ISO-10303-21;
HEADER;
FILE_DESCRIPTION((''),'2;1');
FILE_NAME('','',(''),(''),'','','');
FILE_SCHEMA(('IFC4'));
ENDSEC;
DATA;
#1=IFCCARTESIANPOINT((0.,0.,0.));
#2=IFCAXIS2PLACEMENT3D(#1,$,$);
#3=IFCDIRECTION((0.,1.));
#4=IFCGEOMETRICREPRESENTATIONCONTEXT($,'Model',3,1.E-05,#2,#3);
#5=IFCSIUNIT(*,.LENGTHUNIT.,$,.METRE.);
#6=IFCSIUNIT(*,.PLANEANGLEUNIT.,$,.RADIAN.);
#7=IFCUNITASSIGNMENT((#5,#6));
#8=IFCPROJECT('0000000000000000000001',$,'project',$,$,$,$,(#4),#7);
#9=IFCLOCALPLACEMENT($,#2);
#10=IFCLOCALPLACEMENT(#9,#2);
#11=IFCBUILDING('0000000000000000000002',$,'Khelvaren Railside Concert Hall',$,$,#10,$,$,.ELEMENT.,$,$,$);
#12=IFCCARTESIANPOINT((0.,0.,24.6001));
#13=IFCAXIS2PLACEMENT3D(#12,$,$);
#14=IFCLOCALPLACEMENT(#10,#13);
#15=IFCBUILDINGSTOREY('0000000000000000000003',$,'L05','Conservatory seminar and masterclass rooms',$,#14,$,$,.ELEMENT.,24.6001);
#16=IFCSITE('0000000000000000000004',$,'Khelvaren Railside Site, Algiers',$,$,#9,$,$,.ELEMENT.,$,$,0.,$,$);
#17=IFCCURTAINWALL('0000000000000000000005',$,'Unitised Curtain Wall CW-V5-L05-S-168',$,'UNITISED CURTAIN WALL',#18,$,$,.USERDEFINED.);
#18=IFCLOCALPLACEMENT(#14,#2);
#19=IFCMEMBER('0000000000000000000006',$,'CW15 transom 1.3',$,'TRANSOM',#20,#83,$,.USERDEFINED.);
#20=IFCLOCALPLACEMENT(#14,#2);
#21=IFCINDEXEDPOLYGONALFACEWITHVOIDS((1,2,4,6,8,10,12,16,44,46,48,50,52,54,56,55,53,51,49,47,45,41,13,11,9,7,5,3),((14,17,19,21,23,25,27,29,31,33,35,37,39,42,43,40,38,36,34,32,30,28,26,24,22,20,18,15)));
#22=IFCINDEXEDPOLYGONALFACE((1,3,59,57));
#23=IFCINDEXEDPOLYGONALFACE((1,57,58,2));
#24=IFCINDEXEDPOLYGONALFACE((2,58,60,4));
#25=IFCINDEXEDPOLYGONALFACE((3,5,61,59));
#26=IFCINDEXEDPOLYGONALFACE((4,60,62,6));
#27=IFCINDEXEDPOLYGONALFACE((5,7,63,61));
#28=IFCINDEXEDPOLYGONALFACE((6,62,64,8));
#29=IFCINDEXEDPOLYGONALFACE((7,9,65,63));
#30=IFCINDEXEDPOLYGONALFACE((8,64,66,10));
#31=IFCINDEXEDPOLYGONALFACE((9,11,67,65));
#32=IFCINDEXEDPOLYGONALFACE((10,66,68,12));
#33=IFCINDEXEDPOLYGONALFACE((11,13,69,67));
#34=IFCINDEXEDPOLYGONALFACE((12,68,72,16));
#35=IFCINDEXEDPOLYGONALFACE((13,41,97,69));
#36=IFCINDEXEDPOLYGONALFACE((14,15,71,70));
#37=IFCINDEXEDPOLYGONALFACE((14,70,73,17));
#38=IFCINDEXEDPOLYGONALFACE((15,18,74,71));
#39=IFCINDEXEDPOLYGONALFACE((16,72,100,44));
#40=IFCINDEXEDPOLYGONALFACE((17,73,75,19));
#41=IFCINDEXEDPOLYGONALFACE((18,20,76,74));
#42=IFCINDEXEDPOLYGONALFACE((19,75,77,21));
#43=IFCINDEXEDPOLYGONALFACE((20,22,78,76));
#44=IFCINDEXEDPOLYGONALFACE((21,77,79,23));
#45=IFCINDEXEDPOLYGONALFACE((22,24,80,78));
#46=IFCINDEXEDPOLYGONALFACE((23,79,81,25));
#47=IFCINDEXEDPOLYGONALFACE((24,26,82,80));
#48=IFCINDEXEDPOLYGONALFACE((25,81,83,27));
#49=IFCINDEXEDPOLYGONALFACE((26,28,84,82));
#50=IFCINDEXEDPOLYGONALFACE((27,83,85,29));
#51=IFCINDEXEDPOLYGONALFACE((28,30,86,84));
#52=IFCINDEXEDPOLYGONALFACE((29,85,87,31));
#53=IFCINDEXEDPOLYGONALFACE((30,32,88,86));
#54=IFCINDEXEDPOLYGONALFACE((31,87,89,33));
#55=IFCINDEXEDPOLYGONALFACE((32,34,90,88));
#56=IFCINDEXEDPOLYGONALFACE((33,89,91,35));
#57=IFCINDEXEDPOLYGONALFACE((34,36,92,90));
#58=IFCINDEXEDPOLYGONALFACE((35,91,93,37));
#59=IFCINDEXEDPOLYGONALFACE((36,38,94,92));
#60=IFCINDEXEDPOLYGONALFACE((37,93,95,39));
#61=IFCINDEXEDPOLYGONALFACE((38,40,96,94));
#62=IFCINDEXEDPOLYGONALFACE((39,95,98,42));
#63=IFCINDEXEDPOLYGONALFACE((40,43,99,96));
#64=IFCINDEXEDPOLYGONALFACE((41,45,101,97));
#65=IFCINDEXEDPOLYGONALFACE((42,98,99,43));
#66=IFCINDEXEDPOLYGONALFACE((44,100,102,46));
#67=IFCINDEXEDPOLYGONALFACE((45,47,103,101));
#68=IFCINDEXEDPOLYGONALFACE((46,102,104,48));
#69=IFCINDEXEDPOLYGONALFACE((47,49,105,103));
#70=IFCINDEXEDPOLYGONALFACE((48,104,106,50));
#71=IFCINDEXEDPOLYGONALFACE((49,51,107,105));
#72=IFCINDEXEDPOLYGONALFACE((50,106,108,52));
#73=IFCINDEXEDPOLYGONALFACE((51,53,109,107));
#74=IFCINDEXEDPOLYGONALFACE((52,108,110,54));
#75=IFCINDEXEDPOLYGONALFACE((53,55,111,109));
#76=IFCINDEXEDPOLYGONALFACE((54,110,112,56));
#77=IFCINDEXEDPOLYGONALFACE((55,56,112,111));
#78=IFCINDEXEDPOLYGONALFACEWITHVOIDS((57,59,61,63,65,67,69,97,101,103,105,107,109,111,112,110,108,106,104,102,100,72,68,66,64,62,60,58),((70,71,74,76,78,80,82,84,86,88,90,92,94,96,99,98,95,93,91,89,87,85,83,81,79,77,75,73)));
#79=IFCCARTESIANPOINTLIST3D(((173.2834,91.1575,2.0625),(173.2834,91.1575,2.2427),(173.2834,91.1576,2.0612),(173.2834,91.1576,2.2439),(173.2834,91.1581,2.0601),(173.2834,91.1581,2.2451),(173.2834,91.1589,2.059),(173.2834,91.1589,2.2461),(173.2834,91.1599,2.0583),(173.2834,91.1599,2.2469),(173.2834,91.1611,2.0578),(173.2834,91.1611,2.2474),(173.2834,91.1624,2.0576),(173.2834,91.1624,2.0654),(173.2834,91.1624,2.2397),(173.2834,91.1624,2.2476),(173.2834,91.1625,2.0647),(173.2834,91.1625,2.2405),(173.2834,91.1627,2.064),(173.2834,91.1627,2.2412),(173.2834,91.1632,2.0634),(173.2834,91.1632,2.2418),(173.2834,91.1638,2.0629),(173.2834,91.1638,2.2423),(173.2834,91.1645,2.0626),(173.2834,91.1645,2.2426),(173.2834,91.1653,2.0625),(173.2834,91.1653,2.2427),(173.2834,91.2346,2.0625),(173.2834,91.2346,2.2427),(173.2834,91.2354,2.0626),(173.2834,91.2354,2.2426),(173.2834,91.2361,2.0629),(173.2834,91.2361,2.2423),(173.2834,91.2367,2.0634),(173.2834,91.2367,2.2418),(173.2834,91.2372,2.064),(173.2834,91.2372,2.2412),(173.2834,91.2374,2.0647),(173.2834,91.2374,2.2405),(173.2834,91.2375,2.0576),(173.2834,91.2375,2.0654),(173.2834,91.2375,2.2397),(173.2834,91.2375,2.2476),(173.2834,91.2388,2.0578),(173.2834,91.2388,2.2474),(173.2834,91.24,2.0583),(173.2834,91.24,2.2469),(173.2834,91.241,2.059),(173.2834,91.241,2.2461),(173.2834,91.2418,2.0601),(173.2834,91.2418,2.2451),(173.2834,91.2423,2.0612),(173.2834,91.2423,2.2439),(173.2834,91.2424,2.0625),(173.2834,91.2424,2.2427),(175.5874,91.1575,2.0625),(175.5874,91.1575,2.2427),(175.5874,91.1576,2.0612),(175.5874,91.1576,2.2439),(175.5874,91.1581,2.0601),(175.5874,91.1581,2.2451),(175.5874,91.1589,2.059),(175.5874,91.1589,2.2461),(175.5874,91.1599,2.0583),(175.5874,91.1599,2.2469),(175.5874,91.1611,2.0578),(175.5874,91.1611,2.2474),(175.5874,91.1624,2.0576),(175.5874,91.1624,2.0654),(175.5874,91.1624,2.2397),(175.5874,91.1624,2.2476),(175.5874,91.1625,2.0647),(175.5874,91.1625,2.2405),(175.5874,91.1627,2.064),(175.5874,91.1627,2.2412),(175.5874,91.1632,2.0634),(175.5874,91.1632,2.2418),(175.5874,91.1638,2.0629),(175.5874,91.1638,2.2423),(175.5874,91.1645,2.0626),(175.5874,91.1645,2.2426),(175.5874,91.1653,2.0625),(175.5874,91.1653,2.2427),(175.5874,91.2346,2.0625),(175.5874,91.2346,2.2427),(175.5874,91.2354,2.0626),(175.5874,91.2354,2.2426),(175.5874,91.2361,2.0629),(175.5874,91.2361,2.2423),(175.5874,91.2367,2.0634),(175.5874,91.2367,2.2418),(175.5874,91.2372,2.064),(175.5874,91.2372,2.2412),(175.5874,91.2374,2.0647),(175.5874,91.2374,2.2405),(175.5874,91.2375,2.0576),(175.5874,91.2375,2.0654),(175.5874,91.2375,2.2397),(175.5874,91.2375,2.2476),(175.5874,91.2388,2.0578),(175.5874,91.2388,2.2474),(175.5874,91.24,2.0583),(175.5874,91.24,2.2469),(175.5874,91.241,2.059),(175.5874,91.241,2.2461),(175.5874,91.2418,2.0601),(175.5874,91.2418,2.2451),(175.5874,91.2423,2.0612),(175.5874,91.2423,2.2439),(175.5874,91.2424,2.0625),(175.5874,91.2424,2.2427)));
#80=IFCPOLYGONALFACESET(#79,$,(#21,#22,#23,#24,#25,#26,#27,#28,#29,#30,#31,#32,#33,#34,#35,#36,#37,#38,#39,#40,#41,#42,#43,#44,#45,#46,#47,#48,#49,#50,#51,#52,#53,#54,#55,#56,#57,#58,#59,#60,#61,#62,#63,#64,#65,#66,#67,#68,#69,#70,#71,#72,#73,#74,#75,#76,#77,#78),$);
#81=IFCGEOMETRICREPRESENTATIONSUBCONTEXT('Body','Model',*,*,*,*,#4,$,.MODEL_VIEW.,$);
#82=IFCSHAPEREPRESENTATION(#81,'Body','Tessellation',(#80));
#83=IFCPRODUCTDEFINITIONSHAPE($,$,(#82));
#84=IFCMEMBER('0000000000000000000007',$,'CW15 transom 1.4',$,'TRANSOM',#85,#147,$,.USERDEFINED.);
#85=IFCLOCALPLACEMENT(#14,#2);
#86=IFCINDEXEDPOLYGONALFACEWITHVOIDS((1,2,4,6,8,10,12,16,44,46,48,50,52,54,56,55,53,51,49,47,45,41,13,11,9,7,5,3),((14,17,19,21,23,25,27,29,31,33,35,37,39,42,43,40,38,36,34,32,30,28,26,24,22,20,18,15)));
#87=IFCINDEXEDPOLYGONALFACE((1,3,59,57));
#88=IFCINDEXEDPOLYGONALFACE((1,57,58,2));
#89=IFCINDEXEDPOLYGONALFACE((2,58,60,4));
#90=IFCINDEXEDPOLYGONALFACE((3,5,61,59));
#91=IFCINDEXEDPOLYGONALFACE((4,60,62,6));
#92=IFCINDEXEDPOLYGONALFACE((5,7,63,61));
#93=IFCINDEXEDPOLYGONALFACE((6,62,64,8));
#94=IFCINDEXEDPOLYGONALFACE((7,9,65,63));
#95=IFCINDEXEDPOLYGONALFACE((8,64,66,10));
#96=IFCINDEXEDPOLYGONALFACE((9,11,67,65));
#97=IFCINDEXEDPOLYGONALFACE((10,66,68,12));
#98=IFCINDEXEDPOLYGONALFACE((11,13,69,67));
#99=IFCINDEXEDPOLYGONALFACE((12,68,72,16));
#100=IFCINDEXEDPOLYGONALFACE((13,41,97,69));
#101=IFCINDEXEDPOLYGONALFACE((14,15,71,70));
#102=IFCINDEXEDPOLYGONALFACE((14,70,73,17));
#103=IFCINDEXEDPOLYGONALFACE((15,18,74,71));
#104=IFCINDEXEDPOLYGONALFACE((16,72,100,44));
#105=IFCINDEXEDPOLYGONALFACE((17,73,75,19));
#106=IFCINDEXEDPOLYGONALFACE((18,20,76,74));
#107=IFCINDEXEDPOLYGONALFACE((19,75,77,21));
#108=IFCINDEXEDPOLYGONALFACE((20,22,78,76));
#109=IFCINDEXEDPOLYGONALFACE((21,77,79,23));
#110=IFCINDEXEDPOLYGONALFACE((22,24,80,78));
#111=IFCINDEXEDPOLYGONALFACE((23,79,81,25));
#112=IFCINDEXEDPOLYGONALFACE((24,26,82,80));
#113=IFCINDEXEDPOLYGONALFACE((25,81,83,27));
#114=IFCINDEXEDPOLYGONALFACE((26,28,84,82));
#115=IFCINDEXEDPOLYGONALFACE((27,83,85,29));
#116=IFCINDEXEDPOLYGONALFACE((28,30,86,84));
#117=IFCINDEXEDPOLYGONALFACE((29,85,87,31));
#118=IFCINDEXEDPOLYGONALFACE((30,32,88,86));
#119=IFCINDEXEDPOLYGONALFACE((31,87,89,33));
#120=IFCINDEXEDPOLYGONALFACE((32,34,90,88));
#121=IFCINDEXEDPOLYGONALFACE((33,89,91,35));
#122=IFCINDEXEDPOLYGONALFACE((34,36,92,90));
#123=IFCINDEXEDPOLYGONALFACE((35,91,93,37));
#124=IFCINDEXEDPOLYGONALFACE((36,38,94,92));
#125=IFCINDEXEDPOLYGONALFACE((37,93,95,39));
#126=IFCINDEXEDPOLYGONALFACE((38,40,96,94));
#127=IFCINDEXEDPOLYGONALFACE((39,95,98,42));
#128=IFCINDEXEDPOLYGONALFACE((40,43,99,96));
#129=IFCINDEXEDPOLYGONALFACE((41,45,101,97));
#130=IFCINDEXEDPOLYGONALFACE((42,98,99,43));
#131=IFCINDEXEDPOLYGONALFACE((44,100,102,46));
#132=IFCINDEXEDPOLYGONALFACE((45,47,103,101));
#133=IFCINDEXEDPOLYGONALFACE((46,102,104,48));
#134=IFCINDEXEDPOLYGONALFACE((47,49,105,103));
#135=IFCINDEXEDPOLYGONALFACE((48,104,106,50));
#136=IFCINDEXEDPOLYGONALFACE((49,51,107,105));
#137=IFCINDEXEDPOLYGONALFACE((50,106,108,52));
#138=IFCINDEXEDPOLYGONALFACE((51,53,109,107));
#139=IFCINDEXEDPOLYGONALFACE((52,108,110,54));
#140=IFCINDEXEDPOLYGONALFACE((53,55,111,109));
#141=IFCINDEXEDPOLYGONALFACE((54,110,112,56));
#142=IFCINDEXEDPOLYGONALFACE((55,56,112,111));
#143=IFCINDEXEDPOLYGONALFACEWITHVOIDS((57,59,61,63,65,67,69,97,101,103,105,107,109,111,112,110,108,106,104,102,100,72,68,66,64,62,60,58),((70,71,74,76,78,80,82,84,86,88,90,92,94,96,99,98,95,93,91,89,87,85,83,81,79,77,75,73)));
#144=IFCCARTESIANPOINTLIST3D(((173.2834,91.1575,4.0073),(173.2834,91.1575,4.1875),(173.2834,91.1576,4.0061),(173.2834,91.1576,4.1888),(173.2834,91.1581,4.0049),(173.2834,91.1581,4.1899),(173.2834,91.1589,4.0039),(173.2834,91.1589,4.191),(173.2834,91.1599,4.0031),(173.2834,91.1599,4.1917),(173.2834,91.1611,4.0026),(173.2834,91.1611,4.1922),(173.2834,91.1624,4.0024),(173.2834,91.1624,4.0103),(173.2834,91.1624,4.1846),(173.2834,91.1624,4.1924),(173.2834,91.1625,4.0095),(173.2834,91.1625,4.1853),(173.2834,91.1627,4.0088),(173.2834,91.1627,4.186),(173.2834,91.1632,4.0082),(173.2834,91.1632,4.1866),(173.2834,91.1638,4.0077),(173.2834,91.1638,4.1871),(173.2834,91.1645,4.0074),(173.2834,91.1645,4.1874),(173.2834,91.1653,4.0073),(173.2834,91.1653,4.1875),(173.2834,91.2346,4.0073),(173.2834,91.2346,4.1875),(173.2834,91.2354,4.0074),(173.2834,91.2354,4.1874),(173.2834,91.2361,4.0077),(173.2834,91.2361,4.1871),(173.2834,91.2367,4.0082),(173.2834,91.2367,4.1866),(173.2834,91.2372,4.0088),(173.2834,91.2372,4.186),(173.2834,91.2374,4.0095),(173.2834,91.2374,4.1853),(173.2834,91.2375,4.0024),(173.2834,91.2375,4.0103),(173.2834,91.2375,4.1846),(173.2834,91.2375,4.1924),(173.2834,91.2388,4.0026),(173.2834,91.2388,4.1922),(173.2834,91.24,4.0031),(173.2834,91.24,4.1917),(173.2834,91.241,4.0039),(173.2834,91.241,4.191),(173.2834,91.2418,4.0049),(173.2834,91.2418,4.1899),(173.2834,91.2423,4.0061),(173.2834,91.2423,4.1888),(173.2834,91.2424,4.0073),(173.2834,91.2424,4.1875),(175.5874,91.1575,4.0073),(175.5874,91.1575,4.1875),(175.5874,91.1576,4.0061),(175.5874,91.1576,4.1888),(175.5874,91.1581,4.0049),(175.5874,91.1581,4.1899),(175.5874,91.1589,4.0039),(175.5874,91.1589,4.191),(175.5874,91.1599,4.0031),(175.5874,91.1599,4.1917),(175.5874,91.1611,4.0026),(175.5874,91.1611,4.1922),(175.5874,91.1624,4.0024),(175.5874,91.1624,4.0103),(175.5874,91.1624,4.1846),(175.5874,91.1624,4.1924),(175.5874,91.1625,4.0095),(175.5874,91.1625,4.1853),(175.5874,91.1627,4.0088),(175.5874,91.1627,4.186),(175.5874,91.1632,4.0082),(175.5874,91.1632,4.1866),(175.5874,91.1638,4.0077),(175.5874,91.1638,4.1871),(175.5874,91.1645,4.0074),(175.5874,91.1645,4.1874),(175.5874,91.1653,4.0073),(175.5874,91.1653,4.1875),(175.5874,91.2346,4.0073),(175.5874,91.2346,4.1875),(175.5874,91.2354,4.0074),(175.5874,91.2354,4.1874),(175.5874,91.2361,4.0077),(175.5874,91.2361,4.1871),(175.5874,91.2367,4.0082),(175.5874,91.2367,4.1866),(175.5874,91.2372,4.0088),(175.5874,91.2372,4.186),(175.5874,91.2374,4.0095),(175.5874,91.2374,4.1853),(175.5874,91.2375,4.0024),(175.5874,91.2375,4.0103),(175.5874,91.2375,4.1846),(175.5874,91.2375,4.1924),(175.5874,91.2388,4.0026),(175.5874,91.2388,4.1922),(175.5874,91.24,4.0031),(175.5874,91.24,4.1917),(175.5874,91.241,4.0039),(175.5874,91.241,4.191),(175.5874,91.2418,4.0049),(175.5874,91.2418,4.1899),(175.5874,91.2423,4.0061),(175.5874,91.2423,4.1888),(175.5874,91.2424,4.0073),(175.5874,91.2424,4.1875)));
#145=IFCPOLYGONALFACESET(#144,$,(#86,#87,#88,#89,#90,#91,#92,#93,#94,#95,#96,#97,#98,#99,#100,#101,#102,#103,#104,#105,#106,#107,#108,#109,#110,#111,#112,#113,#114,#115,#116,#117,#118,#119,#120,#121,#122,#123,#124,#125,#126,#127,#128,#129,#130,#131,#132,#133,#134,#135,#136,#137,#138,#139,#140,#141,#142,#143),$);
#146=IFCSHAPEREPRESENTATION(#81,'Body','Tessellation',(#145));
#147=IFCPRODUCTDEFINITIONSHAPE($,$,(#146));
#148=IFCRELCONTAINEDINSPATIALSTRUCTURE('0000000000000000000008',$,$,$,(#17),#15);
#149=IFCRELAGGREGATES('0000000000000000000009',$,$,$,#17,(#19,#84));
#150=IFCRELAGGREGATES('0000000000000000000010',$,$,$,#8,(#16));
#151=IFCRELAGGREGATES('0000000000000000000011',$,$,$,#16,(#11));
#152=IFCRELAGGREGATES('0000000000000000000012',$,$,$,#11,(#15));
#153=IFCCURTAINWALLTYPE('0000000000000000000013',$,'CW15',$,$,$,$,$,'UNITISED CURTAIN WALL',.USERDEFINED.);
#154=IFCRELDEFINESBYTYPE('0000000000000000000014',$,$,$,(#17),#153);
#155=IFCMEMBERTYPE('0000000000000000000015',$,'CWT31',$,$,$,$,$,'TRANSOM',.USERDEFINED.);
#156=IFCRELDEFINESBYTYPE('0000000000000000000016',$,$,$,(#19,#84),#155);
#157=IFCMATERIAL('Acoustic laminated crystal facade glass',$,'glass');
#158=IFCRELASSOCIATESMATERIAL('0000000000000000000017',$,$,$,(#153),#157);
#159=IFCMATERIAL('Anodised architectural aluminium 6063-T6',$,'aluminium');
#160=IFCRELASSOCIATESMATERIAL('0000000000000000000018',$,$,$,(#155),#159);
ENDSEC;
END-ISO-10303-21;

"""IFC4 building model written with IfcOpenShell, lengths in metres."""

from ifc_helpers import new_model, si_unit, direction, frame, origin, origin_2d, place, context, subcontext, project, spatial, hollow_rectangle, extrude, material, material_profile, profile_set, type_object, element, aggregate, save


model = new_model("IFC4")

# Units and contexts
model_context = context("Model", 3, precision=1e-05, world=origin(), true_north=direction((0.0, 1.0)))
body_context = subcontext(model_context, "Body", "Model", "MODEL_VIEW")
ifc_project = project(units=[si_unit("LENGTHUNIT", "METRE"), si_unit("PLANEANGLEUNIT", "RADIAN")], contexts=[model_context])

# Site, building, storey
site_placement = place(None, origin())
site = spatial("IfcSite", under=ifc_project, at=site_placement, Name="Khelvaren Railside Site, Algiers", CompositionType="ELEMENT", RefElevation=0.0)
building_placement = place(site_placement, origin())
building = spatial("IfcBuilding", under=site, at=building_placement, Name="Khelvaren Railside Concert Hall", CompositionType="ELEMENT")
storey_placement = place(building_placement, frame((0.0, 0.0, 24.6001)))
storey = spatial("IfcBuildingStorey", under=building, at=storey_placement, Name="L05", Description="Conservatory seminar and masterclass rooms", CompositionType="ELEMENT", Elevation=24.6001)

# Curtain wall
ifc_material_1 = material(Name="Acoustic laminated crystal facade glass", Category="glass")
curtain_wall_type_1 = type_object("IfcCurtainWallType", Name="CW15", ElementType="UNITISED CURTAIN WALL", PredefinedType="USERDEFINED", material=ifc_material_1)
curtain_wall_1_placement = place(storey_placement, origin())
curtain_wall_1 = element("IfcCurtainWall", 1, at=curtain_wall_1_placement, inside=storey, type_object=curtain_wall_type_1, Name="Unitised Curtain Wall CW-V5-L05-S-168", ObjectType="UNITISED CURTAIN WALL", PredefinedType="USERDEFINED")
ifc_material_2 = material(Name="Anodised architectural aluminium 6063-T6", Category="aluminium")

# Members
ifc_material_profile_1 = material_profile(ifc_material_2, hollow_rectangle(XDim=0.085, YDim=0.1899, WallThickness=0.0049, InnerFilletRadius=0.0029, OuterFilletRadius=0.0049, at=origin_2d()), Name="CWT 85x190x5")
ifc_profile_set_1 = profile_set([ifc_material_profile_1], Name="Anodised architectural aluminium 6063-T6")
member_type_1 = type_object("IfcMemberType", Name="CWT31", ElementType="TRANSOM", PredefinedType="USERDEFINED", material=ifc_profile_set_1)
member_1_placement = place(storey_placement, frame((175.5874, 91.2, 2.1526), z_axis=(-1.0, 0.0, 0.0), x_axis=(0.0, -1.0, 0.0)))
member_1 = element("IfcMember", 2, at=member_1_placement, type_object=member_type_1, Name="CW15 transom 1.3", ObjectType="TRANSOM", PredefinedType="USERDEFINED", context=body_context, shape_type="SweptSolid", body=[
    extrude(hollow_rectangle(XDim=0.085, YDim=0.1899, WallThickness=0.0049, InnerFilletRadius=0.0029, OuterFilletRadius=0.0049, at=origin_2d()), origin(), (0.0, 0.0, 1.0), 2.304),
])
member_2_placement = place(storey_placement, frame((175.5874, 91.2, 4.0974), z_axis=(-1.0, 0.0, 0.0), x_axis=(0.0, -1.0, 0.0)))
member_2 = element("IfcMember", 3, at=member_2_placement, type_object=member_type_1, Name="CW15 transom 1.4", ObjectType="TRANSOM", PredefinedType="USERDEFINED", context=body_context, shape_type="SweptSolid", body=[
    extrude(hollow_rectangle(XDim=0.085, YDim=0.1899, WallThickness=0.0049, InnerFilletRadius=0.0029, OuterFilletRadius=0.0049, at=origin_2d()), origin(), (0.0, 0.0, 1.0), 2.304),
])

aggregate(curtain_wall_1, [member_1, member_2])

save(model, "model.ifc")
